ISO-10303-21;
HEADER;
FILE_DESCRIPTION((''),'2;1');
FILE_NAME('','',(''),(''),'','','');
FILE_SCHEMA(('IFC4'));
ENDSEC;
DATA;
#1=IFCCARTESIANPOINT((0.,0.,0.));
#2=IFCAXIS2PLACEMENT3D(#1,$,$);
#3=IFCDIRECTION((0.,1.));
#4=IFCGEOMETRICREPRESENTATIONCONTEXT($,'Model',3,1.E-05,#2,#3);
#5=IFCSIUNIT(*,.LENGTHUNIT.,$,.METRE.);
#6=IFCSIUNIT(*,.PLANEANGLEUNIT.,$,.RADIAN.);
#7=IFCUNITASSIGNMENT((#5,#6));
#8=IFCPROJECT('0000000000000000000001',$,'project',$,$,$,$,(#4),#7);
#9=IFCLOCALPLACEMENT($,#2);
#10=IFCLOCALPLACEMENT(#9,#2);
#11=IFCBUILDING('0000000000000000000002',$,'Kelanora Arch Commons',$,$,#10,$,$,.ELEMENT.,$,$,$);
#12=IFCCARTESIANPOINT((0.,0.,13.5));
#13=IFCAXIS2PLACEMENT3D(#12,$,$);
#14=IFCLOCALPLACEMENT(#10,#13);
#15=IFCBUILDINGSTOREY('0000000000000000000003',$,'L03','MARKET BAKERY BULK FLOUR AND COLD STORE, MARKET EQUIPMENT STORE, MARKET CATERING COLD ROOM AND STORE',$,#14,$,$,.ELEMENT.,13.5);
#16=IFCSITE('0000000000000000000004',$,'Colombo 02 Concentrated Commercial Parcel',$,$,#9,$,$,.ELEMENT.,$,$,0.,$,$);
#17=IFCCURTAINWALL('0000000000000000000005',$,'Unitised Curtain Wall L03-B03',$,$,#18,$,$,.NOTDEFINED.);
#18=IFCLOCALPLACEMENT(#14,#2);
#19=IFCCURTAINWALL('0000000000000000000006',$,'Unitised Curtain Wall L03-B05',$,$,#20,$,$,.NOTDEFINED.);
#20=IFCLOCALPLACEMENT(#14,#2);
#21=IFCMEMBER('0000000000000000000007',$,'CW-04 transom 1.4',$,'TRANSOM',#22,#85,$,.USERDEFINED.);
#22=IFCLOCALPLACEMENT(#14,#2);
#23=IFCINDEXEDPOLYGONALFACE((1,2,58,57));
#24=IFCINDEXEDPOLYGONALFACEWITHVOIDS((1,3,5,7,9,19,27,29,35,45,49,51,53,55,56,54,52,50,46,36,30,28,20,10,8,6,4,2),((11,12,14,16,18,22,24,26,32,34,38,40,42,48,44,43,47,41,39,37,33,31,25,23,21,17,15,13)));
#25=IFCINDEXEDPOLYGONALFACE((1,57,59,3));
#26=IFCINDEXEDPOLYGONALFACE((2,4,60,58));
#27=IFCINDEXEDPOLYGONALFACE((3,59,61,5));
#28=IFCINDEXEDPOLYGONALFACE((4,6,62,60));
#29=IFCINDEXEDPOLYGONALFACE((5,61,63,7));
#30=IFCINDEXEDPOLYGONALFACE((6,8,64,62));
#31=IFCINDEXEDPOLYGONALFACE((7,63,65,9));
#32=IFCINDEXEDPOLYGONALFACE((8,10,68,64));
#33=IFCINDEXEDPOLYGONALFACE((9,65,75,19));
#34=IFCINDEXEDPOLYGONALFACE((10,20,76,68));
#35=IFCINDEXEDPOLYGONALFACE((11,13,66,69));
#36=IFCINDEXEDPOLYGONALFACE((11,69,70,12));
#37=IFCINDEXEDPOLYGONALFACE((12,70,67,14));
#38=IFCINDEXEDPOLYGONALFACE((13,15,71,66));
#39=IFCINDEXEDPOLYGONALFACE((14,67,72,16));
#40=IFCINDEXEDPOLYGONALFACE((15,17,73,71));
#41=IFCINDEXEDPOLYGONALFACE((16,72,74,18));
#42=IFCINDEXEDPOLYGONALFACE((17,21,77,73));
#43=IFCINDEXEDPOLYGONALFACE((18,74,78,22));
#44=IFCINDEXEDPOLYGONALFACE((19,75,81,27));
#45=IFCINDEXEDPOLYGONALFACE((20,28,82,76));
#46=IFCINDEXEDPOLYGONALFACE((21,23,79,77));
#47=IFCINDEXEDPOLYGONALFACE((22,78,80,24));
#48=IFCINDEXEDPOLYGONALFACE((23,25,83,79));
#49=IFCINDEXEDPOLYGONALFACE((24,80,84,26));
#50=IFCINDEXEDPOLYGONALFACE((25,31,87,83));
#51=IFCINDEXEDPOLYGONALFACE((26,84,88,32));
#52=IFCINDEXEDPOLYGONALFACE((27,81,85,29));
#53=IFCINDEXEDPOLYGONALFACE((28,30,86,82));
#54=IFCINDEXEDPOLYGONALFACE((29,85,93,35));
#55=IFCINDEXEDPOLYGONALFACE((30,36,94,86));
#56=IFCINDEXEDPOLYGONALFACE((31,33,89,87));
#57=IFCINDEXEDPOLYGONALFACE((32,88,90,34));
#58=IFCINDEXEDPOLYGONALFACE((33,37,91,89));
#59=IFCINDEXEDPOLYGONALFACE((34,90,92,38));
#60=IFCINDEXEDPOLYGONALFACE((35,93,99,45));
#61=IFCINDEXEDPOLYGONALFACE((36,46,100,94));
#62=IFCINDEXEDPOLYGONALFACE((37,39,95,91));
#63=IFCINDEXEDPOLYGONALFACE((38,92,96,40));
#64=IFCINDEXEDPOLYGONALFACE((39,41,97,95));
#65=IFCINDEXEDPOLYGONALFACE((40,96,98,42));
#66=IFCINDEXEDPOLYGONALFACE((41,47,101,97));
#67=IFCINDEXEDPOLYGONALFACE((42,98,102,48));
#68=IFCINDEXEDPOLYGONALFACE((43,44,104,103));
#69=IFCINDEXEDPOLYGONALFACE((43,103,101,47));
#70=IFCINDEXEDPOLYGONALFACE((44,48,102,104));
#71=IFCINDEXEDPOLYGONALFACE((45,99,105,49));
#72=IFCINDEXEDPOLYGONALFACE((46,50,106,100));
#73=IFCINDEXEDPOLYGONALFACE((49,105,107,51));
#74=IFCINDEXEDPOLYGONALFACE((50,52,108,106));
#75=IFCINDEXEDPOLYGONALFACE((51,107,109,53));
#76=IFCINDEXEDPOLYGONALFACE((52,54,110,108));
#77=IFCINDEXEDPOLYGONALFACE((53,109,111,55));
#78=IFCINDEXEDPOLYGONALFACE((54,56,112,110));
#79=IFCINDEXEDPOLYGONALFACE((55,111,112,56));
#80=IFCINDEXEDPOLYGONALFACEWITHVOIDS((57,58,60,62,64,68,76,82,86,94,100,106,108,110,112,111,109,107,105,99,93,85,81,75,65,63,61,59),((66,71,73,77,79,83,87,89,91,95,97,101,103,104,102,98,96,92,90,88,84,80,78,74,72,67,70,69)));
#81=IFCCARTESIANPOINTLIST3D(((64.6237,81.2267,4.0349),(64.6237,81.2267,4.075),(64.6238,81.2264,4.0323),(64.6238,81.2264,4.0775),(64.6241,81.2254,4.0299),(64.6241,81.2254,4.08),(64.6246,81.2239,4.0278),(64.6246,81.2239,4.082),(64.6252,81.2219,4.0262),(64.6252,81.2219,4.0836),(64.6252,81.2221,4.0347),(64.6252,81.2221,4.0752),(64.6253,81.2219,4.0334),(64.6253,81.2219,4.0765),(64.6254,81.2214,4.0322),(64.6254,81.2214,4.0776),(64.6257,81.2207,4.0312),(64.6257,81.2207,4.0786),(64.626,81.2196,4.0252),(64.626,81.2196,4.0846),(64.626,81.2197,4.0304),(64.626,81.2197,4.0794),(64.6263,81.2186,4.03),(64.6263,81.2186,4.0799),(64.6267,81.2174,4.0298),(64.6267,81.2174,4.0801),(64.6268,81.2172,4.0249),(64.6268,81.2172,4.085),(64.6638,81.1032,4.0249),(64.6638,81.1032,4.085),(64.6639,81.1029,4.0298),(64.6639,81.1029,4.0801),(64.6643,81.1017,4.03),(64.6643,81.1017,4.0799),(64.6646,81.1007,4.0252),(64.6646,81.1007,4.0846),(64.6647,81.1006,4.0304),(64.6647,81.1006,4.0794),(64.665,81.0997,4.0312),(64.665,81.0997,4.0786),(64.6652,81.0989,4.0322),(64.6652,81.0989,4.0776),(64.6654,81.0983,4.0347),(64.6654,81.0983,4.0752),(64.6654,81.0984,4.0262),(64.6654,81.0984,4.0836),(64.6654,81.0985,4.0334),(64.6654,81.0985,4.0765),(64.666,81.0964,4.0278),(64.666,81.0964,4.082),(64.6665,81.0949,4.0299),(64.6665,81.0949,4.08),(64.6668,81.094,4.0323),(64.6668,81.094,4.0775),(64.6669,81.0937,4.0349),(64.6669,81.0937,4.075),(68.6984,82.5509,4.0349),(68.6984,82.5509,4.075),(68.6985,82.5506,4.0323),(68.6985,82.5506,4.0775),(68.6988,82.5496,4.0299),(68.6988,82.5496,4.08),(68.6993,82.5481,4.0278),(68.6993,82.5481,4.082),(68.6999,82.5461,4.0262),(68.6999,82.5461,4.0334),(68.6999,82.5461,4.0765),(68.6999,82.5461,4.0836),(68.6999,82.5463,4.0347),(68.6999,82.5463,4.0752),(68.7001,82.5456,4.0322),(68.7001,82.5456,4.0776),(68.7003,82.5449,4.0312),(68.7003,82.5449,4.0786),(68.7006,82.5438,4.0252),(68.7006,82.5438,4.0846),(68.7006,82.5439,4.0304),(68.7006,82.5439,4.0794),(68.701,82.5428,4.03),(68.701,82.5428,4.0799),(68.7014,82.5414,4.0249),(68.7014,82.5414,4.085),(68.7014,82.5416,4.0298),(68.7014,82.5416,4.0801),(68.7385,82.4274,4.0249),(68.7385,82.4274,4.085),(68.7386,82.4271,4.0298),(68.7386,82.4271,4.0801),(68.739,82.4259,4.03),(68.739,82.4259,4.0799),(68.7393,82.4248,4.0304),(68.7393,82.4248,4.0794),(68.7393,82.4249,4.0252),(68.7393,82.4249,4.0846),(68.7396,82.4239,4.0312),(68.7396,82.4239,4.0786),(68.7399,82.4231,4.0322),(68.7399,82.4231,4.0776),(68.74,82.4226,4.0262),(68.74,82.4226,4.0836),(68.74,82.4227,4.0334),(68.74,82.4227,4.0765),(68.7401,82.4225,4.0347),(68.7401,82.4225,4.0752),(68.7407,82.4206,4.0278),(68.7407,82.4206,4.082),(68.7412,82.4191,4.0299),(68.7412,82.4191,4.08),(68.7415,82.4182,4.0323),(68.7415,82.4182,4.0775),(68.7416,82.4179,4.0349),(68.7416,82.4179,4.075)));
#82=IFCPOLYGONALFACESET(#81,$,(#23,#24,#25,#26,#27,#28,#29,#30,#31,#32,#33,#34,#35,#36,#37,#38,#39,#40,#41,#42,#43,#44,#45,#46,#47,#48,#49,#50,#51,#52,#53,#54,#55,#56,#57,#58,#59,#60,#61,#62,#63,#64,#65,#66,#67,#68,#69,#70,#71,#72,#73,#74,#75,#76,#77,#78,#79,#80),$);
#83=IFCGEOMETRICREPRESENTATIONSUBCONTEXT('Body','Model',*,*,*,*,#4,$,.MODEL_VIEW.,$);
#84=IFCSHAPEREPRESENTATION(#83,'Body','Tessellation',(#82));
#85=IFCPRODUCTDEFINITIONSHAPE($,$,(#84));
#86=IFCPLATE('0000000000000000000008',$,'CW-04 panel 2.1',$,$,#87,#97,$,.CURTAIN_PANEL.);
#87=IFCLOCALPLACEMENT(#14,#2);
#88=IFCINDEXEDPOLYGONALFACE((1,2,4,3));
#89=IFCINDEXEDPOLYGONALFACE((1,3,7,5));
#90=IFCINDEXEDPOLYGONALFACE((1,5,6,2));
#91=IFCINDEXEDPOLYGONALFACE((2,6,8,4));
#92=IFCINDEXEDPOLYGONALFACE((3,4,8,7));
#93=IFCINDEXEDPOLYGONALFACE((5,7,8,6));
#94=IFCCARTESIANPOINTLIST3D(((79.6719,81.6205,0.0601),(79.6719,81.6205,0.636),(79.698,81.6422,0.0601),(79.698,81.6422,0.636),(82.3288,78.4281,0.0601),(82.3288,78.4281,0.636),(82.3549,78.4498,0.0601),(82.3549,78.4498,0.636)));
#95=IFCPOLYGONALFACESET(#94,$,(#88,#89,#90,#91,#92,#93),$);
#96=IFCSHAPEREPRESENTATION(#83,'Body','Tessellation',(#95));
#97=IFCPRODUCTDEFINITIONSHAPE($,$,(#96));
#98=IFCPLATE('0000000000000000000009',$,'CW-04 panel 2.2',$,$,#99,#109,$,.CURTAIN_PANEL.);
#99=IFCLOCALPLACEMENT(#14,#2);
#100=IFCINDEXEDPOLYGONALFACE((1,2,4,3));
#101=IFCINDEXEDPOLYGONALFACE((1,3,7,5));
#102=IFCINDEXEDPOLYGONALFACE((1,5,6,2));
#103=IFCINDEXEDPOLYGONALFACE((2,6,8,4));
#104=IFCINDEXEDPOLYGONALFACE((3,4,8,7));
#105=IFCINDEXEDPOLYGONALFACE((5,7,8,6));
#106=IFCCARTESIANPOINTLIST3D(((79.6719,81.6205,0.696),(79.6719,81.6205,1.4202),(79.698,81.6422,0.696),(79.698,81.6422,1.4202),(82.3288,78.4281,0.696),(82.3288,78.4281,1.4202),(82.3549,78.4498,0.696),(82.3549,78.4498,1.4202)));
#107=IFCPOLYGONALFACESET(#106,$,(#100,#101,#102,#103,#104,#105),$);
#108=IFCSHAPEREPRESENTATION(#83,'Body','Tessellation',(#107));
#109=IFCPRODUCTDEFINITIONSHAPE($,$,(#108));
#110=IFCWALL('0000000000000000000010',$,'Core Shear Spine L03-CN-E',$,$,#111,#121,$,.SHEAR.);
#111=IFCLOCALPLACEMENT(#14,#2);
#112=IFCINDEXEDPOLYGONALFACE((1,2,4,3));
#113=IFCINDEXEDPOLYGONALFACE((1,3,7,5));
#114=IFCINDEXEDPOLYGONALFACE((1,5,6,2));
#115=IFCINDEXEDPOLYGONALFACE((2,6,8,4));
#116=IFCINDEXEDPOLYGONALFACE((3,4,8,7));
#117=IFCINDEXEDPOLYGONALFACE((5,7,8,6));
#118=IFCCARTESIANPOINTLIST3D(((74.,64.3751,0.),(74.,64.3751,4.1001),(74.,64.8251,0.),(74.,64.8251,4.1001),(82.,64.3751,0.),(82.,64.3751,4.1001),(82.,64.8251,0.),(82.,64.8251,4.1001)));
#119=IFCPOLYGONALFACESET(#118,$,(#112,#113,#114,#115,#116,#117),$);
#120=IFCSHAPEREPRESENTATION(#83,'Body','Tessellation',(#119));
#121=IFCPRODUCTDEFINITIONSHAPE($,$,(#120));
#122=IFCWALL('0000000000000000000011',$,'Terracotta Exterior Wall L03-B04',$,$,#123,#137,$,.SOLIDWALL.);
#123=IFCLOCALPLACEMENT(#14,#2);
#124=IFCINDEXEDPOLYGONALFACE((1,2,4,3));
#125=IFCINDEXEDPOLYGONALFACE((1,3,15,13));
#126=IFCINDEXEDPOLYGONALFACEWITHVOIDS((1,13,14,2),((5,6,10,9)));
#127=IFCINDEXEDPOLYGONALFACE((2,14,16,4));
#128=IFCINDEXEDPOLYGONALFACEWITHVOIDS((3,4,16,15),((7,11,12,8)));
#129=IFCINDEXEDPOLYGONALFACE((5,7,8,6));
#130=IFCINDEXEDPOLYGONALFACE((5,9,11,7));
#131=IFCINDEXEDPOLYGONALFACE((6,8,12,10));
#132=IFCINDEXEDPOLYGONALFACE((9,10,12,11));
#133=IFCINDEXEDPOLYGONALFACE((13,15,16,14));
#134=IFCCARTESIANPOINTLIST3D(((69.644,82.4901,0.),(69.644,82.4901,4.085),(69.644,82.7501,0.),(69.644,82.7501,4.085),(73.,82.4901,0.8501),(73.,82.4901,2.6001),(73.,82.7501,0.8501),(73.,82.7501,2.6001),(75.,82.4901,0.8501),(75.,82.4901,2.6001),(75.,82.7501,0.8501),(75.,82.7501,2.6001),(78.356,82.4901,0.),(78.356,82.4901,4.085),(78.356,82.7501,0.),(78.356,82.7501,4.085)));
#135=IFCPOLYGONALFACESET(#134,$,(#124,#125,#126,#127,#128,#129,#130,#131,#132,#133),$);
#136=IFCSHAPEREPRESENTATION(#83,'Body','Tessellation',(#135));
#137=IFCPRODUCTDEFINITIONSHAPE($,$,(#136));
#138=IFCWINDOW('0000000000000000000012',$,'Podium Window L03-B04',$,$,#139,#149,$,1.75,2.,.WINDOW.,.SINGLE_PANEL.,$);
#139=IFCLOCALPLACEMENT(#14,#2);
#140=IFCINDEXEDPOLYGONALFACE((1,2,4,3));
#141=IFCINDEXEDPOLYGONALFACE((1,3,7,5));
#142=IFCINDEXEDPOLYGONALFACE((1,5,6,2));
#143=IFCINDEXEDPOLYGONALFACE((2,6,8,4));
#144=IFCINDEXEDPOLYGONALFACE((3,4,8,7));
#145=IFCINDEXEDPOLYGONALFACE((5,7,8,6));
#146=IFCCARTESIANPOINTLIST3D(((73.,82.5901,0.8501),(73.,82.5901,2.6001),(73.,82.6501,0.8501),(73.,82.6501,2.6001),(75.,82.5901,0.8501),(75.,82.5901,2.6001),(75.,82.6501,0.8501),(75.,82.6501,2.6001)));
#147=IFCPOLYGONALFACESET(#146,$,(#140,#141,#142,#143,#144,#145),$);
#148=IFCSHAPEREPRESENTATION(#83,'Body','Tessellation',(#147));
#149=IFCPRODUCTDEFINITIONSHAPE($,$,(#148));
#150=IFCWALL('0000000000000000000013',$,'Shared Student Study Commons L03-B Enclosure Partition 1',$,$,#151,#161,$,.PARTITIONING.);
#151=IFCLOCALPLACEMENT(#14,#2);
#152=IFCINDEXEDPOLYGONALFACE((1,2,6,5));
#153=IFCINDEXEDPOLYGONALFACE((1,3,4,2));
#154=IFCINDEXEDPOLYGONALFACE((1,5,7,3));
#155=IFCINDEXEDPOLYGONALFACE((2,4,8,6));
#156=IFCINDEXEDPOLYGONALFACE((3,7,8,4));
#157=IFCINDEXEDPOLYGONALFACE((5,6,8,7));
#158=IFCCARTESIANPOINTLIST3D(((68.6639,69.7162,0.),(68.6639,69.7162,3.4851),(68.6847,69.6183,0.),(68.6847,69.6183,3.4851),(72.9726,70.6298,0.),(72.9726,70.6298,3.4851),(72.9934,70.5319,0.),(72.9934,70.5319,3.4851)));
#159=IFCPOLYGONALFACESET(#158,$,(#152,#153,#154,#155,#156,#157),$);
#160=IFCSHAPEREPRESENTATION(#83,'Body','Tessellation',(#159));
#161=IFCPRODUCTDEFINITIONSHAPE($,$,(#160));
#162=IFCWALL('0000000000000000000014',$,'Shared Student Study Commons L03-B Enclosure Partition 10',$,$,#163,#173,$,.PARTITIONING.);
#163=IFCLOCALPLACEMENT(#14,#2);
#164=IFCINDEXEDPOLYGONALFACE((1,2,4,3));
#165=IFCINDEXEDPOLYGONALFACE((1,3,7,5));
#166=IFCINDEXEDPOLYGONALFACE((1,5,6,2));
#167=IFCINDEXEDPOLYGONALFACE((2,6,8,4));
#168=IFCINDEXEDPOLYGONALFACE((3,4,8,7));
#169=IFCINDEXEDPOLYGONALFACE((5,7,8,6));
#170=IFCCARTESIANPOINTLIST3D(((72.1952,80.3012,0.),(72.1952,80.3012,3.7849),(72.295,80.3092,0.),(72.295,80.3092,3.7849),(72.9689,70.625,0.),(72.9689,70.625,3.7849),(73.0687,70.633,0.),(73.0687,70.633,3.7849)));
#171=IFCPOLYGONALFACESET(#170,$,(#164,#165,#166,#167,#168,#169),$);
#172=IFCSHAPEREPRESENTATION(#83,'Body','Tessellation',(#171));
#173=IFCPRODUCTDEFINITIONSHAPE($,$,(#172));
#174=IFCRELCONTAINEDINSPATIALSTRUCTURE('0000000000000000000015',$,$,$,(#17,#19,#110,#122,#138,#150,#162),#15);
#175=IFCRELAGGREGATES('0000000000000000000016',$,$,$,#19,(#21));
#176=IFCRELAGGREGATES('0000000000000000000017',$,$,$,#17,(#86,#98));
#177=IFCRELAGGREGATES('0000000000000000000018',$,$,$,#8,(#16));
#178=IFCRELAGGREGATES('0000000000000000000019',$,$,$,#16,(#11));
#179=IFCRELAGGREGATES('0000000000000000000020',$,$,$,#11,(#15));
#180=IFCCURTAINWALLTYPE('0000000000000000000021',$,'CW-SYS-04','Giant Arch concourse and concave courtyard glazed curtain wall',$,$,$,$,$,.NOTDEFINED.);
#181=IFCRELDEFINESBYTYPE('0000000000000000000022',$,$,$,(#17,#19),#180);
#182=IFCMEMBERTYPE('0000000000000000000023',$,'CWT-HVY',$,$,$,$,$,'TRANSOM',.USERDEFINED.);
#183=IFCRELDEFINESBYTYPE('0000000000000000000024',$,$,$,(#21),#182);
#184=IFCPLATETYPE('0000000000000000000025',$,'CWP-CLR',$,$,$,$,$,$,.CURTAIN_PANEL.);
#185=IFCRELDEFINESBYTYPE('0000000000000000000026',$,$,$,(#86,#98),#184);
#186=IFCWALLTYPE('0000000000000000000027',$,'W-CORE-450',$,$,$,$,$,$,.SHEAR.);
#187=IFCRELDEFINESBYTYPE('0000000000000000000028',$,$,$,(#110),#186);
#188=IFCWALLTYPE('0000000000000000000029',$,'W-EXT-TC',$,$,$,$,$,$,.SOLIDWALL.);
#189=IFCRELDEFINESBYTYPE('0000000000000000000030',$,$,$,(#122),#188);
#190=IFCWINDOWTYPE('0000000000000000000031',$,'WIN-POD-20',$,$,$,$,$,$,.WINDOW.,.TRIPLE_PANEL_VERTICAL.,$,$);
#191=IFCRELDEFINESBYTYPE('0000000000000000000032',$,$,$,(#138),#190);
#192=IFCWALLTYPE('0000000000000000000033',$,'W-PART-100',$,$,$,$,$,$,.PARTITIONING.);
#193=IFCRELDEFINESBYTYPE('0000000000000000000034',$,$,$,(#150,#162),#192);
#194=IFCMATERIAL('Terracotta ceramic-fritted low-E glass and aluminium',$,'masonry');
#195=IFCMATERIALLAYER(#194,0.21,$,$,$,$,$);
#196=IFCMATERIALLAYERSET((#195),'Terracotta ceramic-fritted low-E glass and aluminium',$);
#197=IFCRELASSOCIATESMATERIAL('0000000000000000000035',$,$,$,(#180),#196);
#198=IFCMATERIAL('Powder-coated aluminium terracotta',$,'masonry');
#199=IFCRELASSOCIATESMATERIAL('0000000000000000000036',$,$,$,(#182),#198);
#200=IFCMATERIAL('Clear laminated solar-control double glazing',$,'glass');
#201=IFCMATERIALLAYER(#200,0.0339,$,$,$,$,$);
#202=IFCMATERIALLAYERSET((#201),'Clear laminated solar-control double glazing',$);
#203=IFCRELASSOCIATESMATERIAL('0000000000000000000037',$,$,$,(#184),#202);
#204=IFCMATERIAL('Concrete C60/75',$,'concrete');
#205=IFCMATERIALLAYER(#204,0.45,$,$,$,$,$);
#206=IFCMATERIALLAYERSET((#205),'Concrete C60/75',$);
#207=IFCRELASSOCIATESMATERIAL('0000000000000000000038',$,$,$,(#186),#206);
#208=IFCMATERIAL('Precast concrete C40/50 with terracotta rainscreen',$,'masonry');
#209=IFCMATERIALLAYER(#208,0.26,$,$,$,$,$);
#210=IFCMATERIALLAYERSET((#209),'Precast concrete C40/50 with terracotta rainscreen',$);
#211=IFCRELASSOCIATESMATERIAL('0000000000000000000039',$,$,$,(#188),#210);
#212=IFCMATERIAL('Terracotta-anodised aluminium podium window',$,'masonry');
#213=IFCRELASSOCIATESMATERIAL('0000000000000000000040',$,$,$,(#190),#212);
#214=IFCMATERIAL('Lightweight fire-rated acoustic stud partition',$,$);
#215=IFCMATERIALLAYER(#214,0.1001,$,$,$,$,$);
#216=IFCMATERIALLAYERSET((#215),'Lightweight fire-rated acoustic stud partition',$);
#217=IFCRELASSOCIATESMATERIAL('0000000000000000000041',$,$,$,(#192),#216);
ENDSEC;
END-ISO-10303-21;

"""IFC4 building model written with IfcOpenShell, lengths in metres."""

from ifc_helpers import new_model, si_unit, direction, frame, frame_2d, origin, origin_2d, place, context, subcontext, project, spatial, rectangle, hollow_rectangle, extrude, source, transform, mapped, material, layer, layer_set, material_profile, profile_set, type_object, element, fill, aggregate, save


model = new_model("IFC4")

# Units and contexts
model_context = context("Model", 3, precision=1e-05, world=origin(), true_north=direction((0.0, 1.0)))
body_context = subcontext(model_context, "Body", "Model", "MODEL_VIEW")
ifc_project = project(units=[si_unit("LENGTHUNIT", "METRE"), si_unit("PLANEANGLEUNIT", "RADIAN")], contexts=[model_context])

# Site, building, storey
site_placement = place(None, origin())
site = spatial("IfcSite", under=ifc_project, at=site_placement, Name="Colombo 02 Concentrated Commercial Parcel", CompositionType="ELEMENT", RefElevation=0.0)
building_placement = place(site_placement, origin())
building = spatial("IfcBuilding", under=site, at=building_placement, Name="Kelanora Arch Commons", CompositionType="ELEMENT")
storey_placement = place(building_placement, frame((0.0, 0.0, 13.5)))
storey = spatial("IfcBuildingStorey", under=building, at=storey_placement, Name="L03", Description="MARKET BAKERY BULK FLOUR AND COLD STORE, MARKET EQUIPMENT STORE, MARKET CATERING COLD ROOM AND STORE", CompositionType="ELEMENT", Elevation=13.5)

# Shared definitions
ifc_material_1 = material(Name="Concrete C60/75", Category="concrete")

# Curtain wall
ifc_material_2 = material(Name="Terracotta ceramic-fritted low-E glass and aluminium", Category="masonry")
ifc_layer_1 = layer(ifc_material_2, 0.21)
ifc_layer_set_1 = layer_set([ifc_layer_1], Name="Terracotta ceramic-fritted low-E glass and aluminium")
curtain_wall_type = type_object("IfcCurtainWallType", Name="CW-SYS-04", Description="Giant Arch concourse and concave courtyard glazed curtain wall", PredefinedType="NOTDEFINED", material=ifc_layer_set_1)
curtain_wall_1_placement = place(storey_placement, origin())
curtain_wall_1 = element("IfcCurtainWall", 1, at=curtain_wall_1_placement, inside=storey, type_object=curtain_wall_type, Name="Unitised Curtain Wall L03-B03", PredefinedType="NOTDEFINED")
ifc_material_3 = material(Name="Powder-coated aluminium terracotta", Category="masonry")

# Curtain wall, member
curtain_wall_2_placement = place(storey_placement, origin())
curtain_wall_2 = element("IfcCurtainWall", 2, at=curtain_wall_2_placement, inside=storey, type_object=curtain_wall_type, Name="Unitised Curtain Wall L03-B05", PredefinedType="NOTDEFINED")
ifc_material_profile_1 = material_profile(ifc_material_3, hollow_rectangle(XDim=0.1399, YDim=0.0601, WallThickness=0.0049, InnerFilletRadius=0.0049, OuterFilletRadius=0.01, at=origin_2d()), Name="CWT140x60")
ifc_profile_set_1 = profile_set([ifc_material_profile_1], Name="Powder-coated aluminium terracotta")
member_type_1 = type_object("IfcMemberType", Name="CWT-HVY", ElementType="TRANSOM", PredefinedType="USERDEFINED", material=ifc_profile_set_1)
member_1_placement = place(storey_placement, frame((68.72, 82.4844, 4.0549), z_axis=(-0.951038, -0.309073, 0.0), x_axis=(0.309073, -0.951038, 0.0)))
member_1 = element("IfcMember", 3, at=member_1_placement, type_object=member_type_1, Name="CW-04 transom 1.4", ObjectType="TRANSOM", PredefinedType="USERDEFINED", context=body_context, shape_type="SweptSolid", body=[
    extrude(hollow_rectangle(XDim=0.1399, YDim=0.0601, WallThickness=0.0049, InnerFilletRadius=0.0049, OuterFilletRadius=0.01, at=origin_2d()), origin(), (0.0, 0.0, 1.0), 4.2844),
])
aggregate(curtain_wall_2, [member_1])

# Plates
ifc_material_4 = material(Name="Clear laminated solar-control double glazing", Category="glass")
ifc_layer_2 = layer(ifc_material_4, 0.0339)
ifc_layer_set_2 = layer_set([ifc_layer_2], Name="Clear laminated solar-control double glazing")
plate_type = type_object("IfcPlateType", Name="CWP-CLR", PredefinedType="CURTAIN_PANEL", material=ifc_layer_set_2)
shared_shape_1 = source(origin(), body_context, "Body", "SweptSolid", [
    extrude(rectangle(XDim=4.1533, YDim=0.0339, at=origin_2d()), origin(), (0.0, 0.0, 1.0), 0.5759),
])
plate_1_placement = place(storey_placement, frame((81.0134, 80.0352, 0.0601), z_axis=(0.0, 0.0, 1.0), x_axis=(-0.639702, 0.768623, 0.0)))
plate_1 = element("IfcPlate", 4, at=plate_1_placement, type_object=plate_type, Name="CW-04 panel 2.1", PredefinedType="CURTAIN_PANEL", context=body_context, shape_type="MappedRepresentation", body=[
    mapped(shared_shape_1, transform((0.0, 0.0, 0.0), scale=1.0)),
])
shared_shape_2 = source(origin(), body_context, "Body", "SweptSolid", [
    extrude(rectangle(XDim=4.1533, YDim=0.0339, at=origin_2d()), origin(), (0.0, 0.0, 1.0), 0.7241),
])
plate_2_placement = place(storey_placement, frame((81.0134, 80.0352, 0.696), z_axis=(0.0, 0.0, 1.0), x_axis=(-0.639702, 0.768623, 0.0)))
plate_2 = element("IfcPlate", 5, at=plate_2_placement, type_object=plate_type, Name="CW-04 panel 2.2", PredefinedType="CURTAIN_PANEL", context=body_context, shape_type="MappedRepresentation", body=[
    mapped(shared_shape_2, transform((0.0, 0.0, 0.0), scale=1.0)),
])
aggregate(curtain_wall_1, [plate_1, plate_2])

# Wall
ifc_layer_3 = layer(ifc_material_1, 0.45)
ifc_layer_set_3 = layer_set([ifc_layer_3], Name="Concrete C60/75")
wall_type_1 = type_object("IfcWallType", Name="W-CORE-450", PredefinedType="SHEAR", material=ifc_layer_set_3)
wall_1_placement = place(storey_placement, frame((74.0, 64.6001, 0.0), z_axis=(0.0, 0.0, 1.0), x_axis=(1.0, 0.0, 0.0)))
element("IfcWall", 6, at=wall_1_placement, inside=storey, type_object=wall_type_1, Name="Core Shear Spine L03-CN-E", PredefinedType="SHEAR", context=body_context, shape_type="SweptSolid", body=[
    extrude(rectangle(XDim=8.0, YDim=0.45, at=frame_2d((4.0, 0.0))), origin(), (0.0, 0.0, 1.0), 4.1001),
])

# Wall, opening, window
ifc_material_5 = material(Name="Precast concrete C40/50 with terracotta rainscreen", Category="masonry")
ifc_layer_4 = layer(ifc_material_5, 0.26)
ifc_layer_set_4 = layer_set([ifc_layer_4], Name="Precast concrete C40/50 with terracotta rainscreen")
wall_type_2 = type_object("IfcWallType", Name="W-EXT-TC", PredefinedType="SOLIDWALL", material=ifc_layer_set_4)
wall_2_placement = place(storey_placement, frame((78.356, 82.6201, 0.0), z_axis=(0.0, 0.0, 1.0), x_axis=(-1.0, 0.0, 0.0)))
wall_2 = element("IfcWall", 7, at=wall_2_placement, inside=storey, type_object=wall_type_2, Name="Terracotta Exterior Wall L03-B04", PredefinedType="SOLIDWALL", context=body_context, shape_type="SweptSolid", body=[
    extrude(rectangle(XDim=8.7119, YDim=0.26, at=frame_2d((4.356, 0.0))), origin(), (0.0, 0.0, 1.0), 4.085),
])
opening_placement = place(wall_2_placement, frame((3.356, 0.0, 0.8501)))
opening = element("IfcOpeningElement", 8, at=opening_placement, cuts=wall_2, PredefinedType="OPENING", context=body_context, shape_type="SweptSolid", body=[
    extrude(rectangle(XDim=2.0, YDim=1.75, at=frame_2d((1.0, 0.875))), frame((0.0, 0.1401, 0.0), z_axis=(0.0, -1.0, 0.0), x_axis=(1.0, 0.0, 0.0)), (0.0, 0.0, 1.0), 0.28),
])
ifc_material_6 = material(Name="Terracotta-anodised aluminium podium window", Category="masonry")
window_type = type_object("IfcWindowType", Name="WIN-POD-20", PartitioningType="TRIPLE_PANEL_VERTICAL", PredefinedType="WINDOW", material=ifc_material_6)
window_placement = place(opening_placement, origin())
window = element("IfcWindow", 9, at=window_placement, inside=storey, type_object=window_type, Name="Podium Window L03-B04", OverallHeight=1.75, OverallWidth=2.0, PartitioningType="SINGLE_PANEL", PredefinedType="WINDOW", context=body_context, shape_type="SweptSolid", body=[
    extrude(rectangle(XDim=2.0, YDim=1.75, at=frame_2d((1.0, 0.875))), frame((0.0, 0.03, 0.0), z_axis=(0.0, -1.0, 0.0), x_axis=(1.0, 0.0, 0.0)), (0.0, 0.0, 1.0), 0.0601),
])
fill(opening, window)

# Walls
ifc_material_7 = material(Name="Lightweight fire-rated acoustic stud partition")
ifc_layer_5 = layer(ifc_material_7, 0.1001)
ifc_layer_set_5 = layer_set([ifc_layer_5], Name="Lightweight fire-rated acoustic stud partition")
wall_type_3 = type_object("IfcWallType", Name="W-PART-100", PredefinedType="PARTITIONING", material=ifc_layer_set_5)
wall_3_placement = place(storey_placement, frame((72.9829, 70.5808, 0.0), z_axis=(0.0, 0.0, 1.0), x_axis=(-0.978254, -0.207413, 0.0)))
element("IfcWall", 10, at=wall_3_placement, inside=storey, type_object=wall_type_3, Name="Shared Student Study Commons L03-B Enclosure Partition 1", PredefinedType="PARTITIONING", context=body_context, shape_type="SweptSolid", body=[
    extrude(rectangle(XDim=4.4045, YDim=0.1001, at=frame_2d((2.2021, 0.0))), origin(), (0.0, 0.0, 1.0), 3.4851),
])
wall_4_placement = place(storey_placement, frame((72.2451, 80.3052, 0.0), z_axis=(0.0, 0.0, 1.0), x_axis=(0.079702, -0.996819, 0.0)))
element("IfcWall", 11, at=wall_4_placement, inside=storey, type_object=wall_type_3, Name="Shared Student Study Commons L03-B Enclosure Partition 10", PredefinedType="PARTITIONING", context=body_context, shape_type="SweptSolid", body=[
    extrude(rectangle(XDim=9.707, YDim=0.1001, at=frame_2d((4.8535, 0.0))), origin(), (0.0, 0.0, 1.0), 3.7849),
])

save(model, "model.ifc")
